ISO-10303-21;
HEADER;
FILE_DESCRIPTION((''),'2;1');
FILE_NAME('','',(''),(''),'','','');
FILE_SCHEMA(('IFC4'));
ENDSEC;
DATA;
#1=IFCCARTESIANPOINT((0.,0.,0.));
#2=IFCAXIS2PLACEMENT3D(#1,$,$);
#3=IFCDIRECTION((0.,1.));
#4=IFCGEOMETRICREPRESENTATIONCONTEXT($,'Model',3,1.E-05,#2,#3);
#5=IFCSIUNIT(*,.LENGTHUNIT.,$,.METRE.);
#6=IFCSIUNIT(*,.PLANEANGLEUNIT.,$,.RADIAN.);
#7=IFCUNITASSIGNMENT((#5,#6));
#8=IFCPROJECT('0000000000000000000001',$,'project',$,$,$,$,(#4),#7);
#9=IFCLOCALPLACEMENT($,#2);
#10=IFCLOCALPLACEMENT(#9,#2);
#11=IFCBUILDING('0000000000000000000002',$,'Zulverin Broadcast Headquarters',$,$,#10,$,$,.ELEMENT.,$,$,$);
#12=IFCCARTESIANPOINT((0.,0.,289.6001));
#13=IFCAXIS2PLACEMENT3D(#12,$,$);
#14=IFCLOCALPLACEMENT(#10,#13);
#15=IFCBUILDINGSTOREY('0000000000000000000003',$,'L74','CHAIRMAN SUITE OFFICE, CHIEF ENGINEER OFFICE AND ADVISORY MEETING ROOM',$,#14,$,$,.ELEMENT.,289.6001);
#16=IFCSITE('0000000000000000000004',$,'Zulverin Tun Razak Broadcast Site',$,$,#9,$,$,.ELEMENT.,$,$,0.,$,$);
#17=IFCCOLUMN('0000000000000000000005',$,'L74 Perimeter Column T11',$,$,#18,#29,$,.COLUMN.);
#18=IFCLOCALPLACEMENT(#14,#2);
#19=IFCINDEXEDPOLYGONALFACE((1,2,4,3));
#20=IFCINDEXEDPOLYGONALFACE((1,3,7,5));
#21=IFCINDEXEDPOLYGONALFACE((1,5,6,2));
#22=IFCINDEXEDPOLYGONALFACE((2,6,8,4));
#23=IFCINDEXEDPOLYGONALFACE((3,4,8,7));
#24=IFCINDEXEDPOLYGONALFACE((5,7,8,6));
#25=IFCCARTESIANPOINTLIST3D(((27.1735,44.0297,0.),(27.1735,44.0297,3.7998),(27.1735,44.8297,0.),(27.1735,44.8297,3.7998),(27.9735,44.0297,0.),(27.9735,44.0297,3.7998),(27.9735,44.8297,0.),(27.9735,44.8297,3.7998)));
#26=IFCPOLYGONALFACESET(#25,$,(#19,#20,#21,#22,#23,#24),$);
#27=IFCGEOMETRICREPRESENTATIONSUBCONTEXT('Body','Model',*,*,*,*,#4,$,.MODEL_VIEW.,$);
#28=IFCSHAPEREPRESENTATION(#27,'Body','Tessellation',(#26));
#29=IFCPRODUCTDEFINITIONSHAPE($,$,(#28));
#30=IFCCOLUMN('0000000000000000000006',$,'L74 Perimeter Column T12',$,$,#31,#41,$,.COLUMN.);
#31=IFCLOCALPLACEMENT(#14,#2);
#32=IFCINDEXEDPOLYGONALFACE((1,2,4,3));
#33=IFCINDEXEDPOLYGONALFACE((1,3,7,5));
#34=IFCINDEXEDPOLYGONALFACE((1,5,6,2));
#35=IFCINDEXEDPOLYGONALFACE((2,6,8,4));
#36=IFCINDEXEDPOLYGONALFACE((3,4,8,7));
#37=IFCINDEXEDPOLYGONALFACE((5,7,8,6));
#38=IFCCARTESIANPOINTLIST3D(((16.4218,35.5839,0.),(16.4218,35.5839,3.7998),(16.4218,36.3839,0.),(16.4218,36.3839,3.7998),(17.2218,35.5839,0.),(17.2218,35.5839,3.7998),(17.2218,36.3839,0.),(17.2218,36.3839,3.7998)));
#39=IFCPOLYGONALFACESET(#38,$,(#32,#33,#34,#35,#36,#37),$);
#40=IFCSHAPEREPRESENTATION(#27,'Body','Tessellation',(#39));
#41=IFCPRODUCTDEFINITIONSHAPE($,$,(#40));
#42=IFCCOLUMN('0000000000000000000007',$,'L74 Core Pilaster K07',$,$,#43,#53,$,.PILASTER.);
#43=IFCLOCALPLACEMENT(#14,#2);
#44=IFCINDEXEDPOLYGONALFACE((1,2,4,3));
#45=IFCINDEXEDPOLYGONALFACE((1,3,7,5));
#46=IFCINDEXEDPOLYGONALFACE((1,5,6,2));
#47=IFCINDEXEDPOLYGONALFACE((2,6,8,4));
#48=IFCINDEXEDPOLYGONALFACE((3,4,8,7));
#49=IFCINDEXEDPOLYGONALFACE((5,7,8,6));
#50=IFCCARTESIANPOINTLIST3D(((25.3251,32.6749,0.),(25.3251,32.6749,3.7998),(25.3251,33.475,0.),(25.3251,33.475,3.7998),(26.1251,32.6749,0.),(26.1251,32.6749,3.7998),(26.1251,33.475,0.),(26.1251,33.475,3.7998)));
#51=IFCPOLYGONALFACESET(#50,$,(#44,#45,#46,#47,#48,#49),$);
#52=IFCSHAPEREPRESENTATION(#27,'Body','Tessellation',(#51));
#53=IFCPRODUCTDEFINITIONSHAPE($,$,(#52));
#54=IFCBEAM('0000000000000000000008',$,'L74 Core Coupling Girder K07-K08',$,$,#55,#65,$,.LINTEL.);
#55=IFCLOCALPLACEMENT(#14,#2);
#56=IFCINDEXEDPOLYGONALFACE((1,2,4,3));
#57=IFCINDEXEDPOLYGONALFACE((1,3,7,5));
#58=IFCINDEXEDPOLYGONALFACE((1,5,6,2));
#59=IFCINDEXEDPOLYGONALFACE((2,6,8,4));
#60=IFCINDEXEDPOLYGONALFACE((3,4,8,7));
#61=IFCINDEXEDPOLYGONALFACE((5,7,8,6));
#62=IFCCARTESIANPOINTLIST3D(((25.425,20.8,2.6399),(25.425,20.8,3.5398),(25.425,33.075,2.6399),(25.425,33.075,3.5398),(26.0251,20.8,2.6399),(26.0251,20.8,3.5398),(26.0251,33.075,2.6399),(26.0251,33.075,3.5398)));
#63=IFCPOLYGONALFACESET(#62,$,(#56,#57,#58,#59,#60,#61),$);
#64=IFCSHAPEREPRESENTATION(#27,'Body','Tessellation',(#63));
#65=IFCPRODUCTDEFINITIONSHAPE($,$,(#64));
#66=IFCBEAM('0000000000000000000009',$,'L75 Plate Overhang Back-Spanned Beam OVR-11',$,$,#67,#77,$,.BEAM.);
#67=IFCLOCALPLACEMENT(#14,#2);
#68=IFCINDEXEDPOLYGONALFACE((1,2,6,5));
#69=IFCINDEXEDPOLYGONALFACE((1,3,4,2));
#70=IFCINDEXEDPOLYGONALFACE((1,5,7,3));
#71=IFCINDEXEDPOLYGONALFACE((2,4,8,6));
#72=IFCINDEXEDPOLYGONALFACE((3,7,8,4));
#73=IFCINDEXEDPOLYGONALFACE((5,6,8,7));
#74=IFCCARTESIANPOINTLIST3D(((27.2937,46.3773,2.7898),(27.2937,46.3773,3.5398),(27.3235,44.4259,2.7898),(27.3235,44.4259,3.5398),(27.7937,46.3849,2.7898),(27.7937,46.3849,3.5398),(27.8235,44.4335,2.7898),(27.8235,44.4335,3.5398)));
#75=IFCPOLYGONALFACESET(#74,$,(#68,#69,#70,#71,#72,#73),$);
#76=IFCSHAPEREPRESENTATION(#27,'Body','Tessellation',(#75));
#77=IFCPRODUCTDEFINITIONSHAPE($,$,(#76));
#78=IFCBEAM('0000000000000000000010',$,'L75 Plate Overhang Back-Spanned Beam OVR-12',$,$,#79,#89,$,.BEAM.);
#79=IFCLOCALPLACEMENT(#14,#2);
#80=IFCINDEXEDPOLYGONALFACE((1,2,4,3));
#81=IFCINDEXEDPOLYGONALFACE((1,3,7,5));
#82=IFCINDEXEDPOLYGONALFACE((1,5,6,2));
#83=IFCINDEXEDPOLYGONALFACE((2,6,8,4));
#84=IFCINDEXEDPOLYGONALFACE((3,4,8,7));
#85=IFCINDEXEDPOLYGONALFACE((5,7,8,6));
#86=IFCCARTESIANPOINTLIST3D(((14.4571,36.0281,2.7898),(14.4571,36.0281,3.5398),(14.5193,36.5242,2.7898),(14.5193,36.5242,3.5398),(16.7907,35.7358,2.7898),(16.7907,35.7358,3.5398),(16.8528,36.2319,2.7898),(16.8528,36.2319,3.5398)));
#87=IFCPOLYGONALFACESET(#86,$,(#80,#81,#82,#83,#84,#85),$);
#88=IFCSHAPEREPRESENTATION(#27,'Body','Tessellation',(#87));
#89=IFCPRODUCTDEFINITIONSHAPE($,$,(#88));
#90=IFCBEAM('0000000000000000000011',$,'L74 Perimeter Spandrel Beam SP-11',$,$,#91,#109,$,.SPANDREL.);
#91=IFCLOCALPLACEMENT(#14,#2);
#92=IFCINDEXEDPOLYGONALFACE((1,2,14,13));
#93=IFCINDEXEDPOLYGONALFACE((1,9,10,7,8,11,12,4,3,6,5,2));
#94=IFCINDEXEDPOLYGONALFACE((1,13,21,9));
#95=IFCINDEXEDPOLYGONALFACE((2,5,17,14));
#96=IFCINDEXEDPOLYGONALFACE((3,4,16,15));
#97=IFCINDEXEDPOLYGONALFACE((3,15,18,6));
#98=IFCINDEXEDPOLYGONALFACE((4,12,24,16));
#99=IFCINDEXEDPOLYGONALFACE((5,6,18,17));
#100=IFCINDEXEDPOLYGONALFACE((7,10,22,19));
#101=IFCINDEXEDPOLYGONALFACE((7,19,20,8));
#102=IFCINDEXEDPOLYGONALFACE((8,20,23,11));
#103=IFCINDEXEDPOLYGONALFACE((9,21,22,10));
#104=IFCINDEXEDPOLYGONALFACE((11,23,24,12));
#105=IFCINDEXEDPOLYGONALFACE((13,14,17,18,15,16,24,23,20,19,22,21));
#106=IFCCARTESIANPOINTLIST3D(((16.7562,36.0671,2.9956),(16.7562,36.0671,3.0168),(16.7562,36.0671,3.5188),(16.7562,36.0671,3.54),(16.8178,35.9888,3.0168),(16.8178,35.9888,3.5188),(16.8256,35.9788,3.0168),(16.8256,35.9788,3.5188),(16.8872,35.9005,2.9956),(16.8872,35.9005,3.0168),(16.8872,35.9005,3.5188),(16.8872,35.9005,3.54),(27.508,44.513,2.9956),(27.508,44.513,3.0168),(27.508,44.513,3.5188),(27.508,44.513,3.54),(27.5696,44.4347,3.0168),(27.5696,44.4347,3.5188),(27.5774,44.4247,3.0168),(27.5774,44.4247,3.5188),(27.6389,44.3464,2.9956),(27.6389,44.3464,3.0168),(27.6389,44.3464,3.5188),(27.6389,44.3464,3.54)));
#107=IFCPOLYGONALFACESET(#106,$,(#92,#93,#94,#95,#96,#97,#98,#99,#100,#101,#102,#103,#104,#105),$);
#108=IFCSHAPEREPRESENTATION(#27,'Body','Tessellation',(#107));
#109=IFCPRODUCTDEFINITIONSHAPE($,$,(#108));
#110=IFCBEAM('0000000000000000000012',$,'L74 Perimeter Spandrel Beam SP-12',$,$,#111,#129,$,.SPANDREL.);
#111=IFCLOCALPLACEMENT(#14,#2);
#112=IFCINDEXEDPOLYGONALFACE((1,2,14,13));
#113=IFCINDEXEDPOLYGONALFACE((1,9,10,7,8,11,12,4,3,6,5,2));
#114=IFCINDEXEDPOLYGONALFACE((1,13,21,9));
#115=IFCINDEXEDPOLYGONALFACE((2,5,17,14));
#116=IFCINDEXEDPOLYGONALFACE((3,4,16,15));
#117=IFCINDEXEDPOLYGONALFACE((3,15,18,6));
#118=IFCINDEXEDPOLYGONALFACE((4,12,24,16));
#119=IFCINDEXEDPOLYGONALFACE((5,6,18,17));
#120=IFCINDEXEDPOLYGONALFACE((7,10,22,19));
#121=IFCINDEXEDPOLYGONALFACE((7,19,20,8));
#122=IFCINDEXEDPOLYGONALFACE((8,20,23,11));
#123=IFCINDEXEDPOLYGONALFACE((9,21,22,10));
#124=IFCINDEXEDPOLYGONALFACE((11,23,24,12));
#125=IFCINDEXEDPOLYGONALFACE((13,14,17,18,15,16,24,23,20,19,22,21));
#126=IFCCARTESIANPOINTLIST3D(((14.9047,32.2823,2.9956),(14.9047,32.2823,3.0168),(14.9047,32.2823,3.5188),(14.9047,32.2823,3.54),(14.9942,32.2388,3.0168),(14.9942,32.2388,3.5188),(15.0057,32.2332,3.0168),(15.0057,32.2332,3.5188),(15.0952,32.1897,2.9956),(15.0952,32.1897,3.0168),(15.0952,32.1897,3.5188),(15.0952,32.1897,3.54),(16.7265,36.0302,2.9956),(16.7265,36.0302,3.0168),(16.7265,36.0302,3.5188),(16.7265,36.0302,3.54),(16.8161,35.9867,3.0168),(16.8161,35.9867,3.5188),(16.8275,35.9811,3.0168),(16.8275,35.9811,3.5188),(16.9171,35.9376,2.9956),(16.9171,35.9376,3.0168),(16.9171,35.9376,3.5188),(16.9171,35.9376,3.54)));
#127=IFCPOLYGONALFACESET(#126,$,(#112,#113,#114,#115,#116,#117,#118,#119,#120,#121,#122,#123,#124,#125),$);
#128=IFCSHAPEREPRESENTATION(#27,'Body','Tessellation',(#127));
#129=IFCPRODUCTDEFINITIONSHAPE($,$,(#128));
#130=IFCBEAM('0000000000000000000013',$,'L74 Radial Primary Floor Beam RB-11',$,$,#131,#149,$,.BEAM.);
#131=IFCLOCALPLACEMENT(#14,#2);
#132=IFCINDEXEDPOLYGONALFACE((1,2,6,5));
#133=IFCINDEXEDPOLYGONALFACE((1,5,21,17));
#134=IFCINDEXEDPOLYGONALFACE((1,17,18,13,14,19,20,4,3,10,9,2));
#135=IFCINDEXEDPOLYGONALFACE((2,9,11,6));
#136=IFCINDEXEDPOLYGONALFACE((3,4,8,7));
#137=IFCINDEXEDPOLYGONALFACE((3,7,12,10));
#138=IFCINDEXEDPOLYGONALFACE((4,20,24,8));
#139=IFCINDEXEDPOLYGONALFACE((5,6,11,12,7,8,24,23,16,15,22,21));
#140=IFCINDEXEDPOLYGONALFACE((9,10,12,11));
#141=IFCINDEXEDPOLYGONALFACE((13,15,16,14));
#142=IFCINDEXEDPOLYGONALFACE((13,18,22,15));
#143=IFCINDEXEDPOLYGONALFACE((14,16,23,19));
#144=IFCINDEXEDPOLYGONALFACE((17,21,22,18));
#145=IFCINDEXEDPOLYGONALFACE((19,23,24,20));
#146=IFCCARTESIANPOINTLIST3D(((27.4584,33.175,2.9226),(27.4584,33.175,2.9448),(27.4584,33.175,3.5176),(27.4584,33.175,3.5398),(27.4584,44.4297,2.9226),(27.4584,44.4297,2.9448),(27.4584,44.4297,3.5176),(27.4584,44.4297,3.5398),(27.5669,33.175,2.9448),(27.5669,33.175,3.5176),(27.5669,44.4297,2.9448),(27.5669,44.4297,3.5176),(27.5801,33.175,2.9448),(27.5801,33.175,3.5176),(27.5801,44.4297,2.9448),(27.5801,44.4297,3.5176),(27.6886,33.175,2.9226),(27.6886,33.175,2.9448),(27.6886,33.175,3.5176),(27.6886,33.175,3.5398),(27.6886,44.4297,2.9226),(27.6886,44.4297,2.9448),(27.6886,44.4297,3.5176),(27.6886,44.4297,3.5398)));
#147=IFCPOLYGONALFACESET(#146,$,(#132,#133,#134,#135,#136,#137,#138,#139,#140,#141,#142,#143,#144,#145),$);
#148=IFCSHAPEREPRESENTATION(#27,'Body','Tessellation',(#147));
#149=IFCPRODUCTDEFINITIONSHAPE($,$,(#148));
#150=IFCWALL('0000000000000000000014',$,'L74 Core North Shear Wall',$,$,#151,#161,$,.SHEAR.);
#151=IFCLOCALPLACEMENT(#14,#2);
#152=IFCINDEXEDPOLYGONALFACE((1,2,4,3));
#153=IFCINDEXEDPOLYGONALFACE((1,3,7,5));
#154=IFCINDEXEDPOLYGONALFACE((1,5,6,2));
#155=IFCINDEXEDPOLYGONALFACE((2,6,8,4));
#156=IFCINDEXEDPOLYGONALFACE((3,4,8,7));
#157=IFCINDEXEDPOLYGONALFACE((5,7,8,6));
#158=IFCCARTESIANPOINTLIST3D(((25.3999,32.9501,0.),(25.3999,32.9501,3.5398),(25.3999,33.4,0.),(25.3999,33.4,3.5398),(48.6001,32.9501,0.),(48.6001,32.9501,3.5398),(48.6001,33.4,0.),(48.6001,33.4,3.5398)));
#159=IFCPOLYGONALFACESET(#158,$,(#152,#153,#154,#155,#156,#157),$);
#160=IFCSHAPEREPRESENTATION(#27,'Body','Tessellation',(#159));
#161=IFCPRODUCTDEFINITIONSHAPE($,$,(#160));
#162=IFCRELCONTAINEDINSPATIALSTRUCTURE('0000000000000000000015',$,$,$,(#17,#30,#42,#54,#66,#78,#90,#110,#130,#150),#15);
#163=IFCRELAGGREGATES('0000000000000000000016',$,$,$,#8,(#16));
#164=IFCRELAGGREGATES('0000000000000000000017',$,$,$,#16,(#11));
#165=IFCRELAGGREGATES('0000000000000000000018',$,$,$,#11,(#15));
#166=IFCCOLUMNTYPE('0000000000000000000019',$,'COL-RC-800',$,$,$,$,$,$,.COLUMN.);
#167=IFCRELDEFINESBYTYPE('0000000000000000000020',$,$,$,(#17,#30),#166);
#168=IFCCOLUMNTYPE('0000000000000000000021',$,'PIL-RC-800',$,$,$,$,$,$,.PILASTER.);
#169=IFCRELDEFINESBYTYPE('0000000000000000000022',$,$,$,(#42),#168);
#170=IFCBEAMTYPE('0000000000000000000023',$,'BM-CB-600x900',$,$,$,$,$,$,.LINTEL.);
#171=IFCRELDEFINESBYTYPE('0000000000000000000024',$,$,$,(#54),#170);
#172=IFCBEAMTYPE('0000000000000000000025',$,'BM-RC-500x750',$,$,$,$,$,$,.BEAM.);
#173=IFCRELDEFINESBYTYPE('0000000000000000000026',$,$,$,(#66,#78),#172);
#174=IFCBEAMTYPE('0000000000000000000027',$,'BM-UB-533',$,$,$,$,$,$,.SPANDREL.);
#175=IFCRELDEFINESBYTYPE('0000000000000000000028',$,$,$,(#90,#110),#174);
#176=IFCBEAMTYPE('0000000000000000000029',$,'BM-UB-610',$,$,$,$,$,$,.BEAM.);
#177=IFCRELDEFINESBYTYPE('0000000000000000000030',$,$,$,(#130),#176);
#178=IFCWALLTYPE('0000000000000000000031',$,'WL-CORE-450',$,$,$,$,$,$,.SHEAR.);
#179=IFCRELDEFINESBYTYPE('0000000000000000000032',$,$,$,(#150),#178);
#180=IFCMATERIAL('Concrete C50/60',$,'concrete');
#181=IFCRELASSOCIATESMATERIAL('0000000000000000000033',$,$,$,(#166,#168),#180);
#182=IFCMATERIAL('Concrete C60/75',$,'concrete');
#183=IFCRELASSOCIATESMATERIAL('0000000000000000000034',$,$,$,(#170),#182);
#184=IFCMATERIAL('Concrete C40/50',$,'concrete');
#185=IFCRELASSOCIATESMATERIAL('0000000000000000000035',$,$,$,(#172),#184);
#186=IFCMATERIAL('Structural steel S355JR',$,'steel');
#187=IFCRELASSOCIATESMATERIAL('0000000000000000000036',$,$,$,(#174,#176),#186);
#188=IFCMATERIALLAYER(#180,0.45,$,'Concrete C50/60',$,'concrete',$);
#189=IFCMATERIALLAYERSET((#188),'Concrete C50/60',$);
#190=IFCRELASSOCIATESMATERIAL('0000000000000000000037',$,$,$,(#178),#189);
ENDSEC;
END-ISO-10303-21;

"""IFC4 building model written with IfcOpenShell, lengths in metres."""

from ifc_helpers import new_model, si_unit, direction, frame, frame_2d, origin, origin_2d, place, context, subcontext, project, spatial, rectangle, i_section, extrude, material, layer, layer_set, material_profile, profile_set, type_object, element, save


model = new_model("IFC4")

# Units and contexts
model_context = context("Model", 3, precision=1e-05, world=origin(), true_north=direction((0.0, 1.0)))
body_context = subcontext(model_context, "Body", "Model", "MODEL_VIEW")
ifc_project = project(units=[si_unit("LENGTHUNIT", "METRE"), si_unit("PLANEANGLEUNIT", "RADIAN")], contexts=[model_context])

# Site, building, storey
site_placement = place(None, origin())
site = spatial("IfcSite", under=ifc_project, at=site_placement, Name="Zulverin Tun Razak Broadcast Site", CompositionType="ELEMENT", RefElevation=0.0)
building_placement = place(site_placement, origin())
building = spatial("IfcBuilding", under=site, at=building_placement, Name="Zulverin Broadcast Headquarters", CompositionType="ELEMENT")
storey_placement = place(building_placement, frame((0.0, 0.0, 289.6001)))
storey = spatial("IfcBuildingStorey", under=building, at=storey_placement, Name="L74", Description="CHAIRMAN SUITE OFFICE, CHIEF ENGINEER OFFICE AND ADVISORY MEETING ROOM", CompositionType="ELEMENT", Elevation=289.6001)

# Columns
ifc_material_1 = material(Name="Concrete C50/60", Category="concrete")
ifc_material_profile_1 = material_profile(ifc_material_1, rectangle(XDim=0.8, YDim=0.8, at=origin_2d()), Name="Concrete C50/60", Category="concrete")
ifc_profile_set_1 = profile_set([ifc_material_profile_1], Name="Concrete C50/60")
column_type_1 = type_object("IfcColumnType", Name="COL-RC-800", PredefinedType="COLUMN", material=ifc_profile_set_1)
for number, where, z_axis, x_axis, name in (
    (1, (27.5735, 44.4297, 0.0), (0.0, 0.0, 1.0), (1.0, 0.0, 0.0), "L74 Perimeter Column T11"),
    (2, (16.8218, 35.9839, 0.0), (0.0, 0.0, 1.0), (1.0, 0.0, 0.0), "L74 Perimeter Column T12"),
):
    element("IfcColumn", number, at=place(storey_placement, frame(where, z_axis=z_axis, x_axis=x_axis)), inside=storey, type_object=column_type_1, Name=name, PredefinedType="COLUMN", context=body_context, shape_type="SweptSolid", body=[
        extrude(rectangle(XDim=0.8, YDim=0.8, at=origin_2d()), origin(), (0.0, 0.0, 1.0), 3.7998),
    ])
ifc_material_profile_2 = material_profile(ifc_material_1, rectangle(XDim=0.8, YDim=0.8, at=origin_2d()), Name="Concrete C50/60", Category="concrete")
ifc_profile_set_2 = profile_set([ifc_material_profile_2], Name="Concrete C50/60")
column_type_2 = type_object("IfcColumnType", Name="PIL-RC-800", PredefinedType="PILASTER", material=ifc_profile_set_2)
column_placement = place(storey_placement, frame((25.7251, 33.075, 0.0), z_axis=(0.0, 0.0, 1.0), x_axis=(1.0, 0.0, 0.0)))
element("IfcColumn", 3, at=column_placement, inside=storey, type_object=column_type_2, Name="L74 Core Pilaster K07", PredefinedType="PILASTER", context=body_context, shape_type="SweptSolid", body=[
    extrude(rectangle(XDim=0.8, YDim=0.8, at=origin_2d()), origin(), (0.0, 0.0, 1.0), 3.7998),
])

# Beams
ifc_material_2 = material(Name="Concrete C60/75", Category="concrete")
ifc_material_profile_3 = material_profile(ifc_material_2, rectangle(XDim=0.6001, YDim=0.8999, at=origin_2d()), Name="Concrete C60/75", Category="concrete")
ifc_profile_set_3 = profile_set([ifc_material_profile_3], Name="Concrete C60/75")
beam_type_1 = type_object("IfcBeamType", Name="BM-CB-600x900", PredefinedType="LINTEL", material=ifc_profile_set_3)
beam_1_placement = place(storey_placement, frame((25.7251, 33.075, 3.0898), z_axis=(0.0, -1.0, 0.0), x_axis=(1.0, 0.0, 0.0)))
element("IfcBeam", 4, at=beam_1_placement, inside=storey, type_object=beam_type_1, Name="L74 Core Coupling Girder K07-K08", PredefinedType="LINTEL", context=body_context, shape_type="SweptSolid", body=[
    extrude(rectangle(XDim=0.6001, YDim=0.8999, at=origin_2d()), origin(), (0.0, 0.0, 1.0), 12.2749),
])
ifc_material_3 = material(Name="Concrete C40/50", Category="concrete")
ifc_material_profile_4 = material_profile(ifc_material_3, rectangle(XDim=0.5, YDim=0.75, at=origin_2d()), Name="Concrete C40/50", Category="concrete")
ifc_profile_set_4 = profile_set([ifc_material_profile_4], Name="Concrete C40/50")
beam_type_2 = type_object("IfcBeamType", Name="BM-RC-500x750", PredefinedType="BEAM", material=ifc_profile_set_4)
beam_2_placement = place(storey_placement, frame((27.5735, 44.4297, 3.1648), z_axis=(-0.015262, 0.999884, 0.0), x_axis=(-0.999884, -0.015262, 0.0)))
element("IfcBeam", 5, at=beam_2_placement, inside=storey, type_object=beam_type_2, Name="L75 Plate Overhang Back-Spanned Beam OVR-11", PredefinedType="BEAM", context=body_context, shape_type="SweptSolid", body=[
    extrude(rectangle(XDim=0.5, YDim=0.75, at=origin_2d()), origin(), (0.0, 0.0, 1.0), 1.9517),
])
beam_3_placement = place(storey_placement, frame((16.8218, 35.9839, 3.1648), z_axis=(-0.992249, 0.124265, 0.0), x_axis=(-0.124265, -0.992249, 0.0)))
element("IfcBeam", 6, at=beam_3_placement, inside=storey, type_object=beam_type_2, Name="L75 Plate Overhang Back-Spanned Beam OVR-12", PredefinedType="BEAM", context=body_context, shape_type="SweptSolid", body=[
    extrude(rectangle(XDim=0.5, YDim=0.75, at=origin_2d()), origin(), (0.0, 0.0, 1.0), 2.3518),
])
ifc_material_4 = material(Name="Structural steel S355JR", Category="steel")
ifc_material_profile_5 = material_profile(ifc_material_4, i_section(OverallWidth=0.2119, OverallDepth=0.5444, WebThickness=0.0127, FlangeThickness=0.0212, at=origin_2d()), Name="Structural steel S355JR", Category="steel")
ifc_profile_set_5 = profile_set([ifc_material_profile_5], Name="Structural steel S355JR")
beam_type_3 = type_object("IfcBeamType", Name="BM-UB-533", PredefinedType="SPANDREL", material=ifc_profile_set_5)
beam_4_placement = place(storey_placement, frame((27.5735, 44.4297, 3.2678), z_axis=(-0.786388, -0.617732, 0.0), x_axis=(0.617732, -0.786388, 0.0)))
element("IfcBeam", 7, at=beam_4_placement, inside=storey, type_object=beam_type_3, Name="L74 Perimeter Spandrel Beam SP-11", PredefinedType="SPANDREL", context=body_context, shape_type="SweptSolid", body=[
    extrude(i_section(OverallWidth=0.2119, OverallDepth=0.5444, WebThickness=0.0127, FlangeThickness=0.0212, at=origin_2d()), origin(), (0.0, 0.0, 1.0), 13.6724),
])
beam_5_placement = place(storey_placement, frame((16.8218, 35.9839, 3.2678), z_axis=(-0.437179, -0.899375, 0.0), x_axis=(0.899375, -0.437179, 0.0)))
element("IfcBeam", 8, at=beam_5_placement, inside=storey, type_object=beam_type_3, Name="L74 Perimeter Spandrel Beam SP-12", PredefinedType="SPANDREL", context=body_context, shape_type="SweptSolid", body=[
    extrude(i_section(OverallWidth=0.2119, OverallDepth=0.5444, WebThickness=0.0127, FlangeThickness=0.0212, at=origin_2d()), origin(), (0.0, 0.0, 1.0), 4.1672),
])
ifc_material_profile_6 = material_profile(ifc_material_4, i_section(OverallWidth=0.2302, OverallDepth=0.6172, WebThickness=0.0132, FlangeThickness=0.0222, at=origin_2d()), Name="Structural steel S355JR", Category="steel")
ifc_profile_set_6 = profile_set([ifc_material_profile_6], Name="Structural steel S355JR")
beam_type_4 = type_object("IfcBeamType", Name="BM-UB-610", PredefinedType="BEAM", material=ifc_profile_set_6)
beam_6_placement = place(storey_placement, frame((27.5735, 33.175, 3.2312), z_axis=(0.0, 1.0, 0.0), x_axis=(-1.0, 0.0, 0.0)))
element("IfcBeam", 9, at=beam_6_placement, inside=storey, type_object=beam_type_4, Name="L74 Radial Primary Floor Beam RB-11", PredefinedType="BEAM", context=body_context, shape_type="SweptSolid", body=[
    extrude(i_section(OverallWidth=0.2302, OverallDepth=0.6172, WebThickness=0.0132, FlangeThickness=0.0222, at=origin_2d()), origin(), (0.0, 0.0, 1.0), 11.2546),
])

# Wall
ifc_layer_1 = layer(ifc_material_1, 0.45, Name="Concrete C50/60", Category="concrete")
ifc_layer_set_1 = layer_set([ifc_layer_1], Name="Concrete C50/60")
wall_type_1 = type_object("IfcWallType", Name="WL-CORE-450", PredefinedType="SHEAR", material=ifc_layer_set_1)
wall_1_placement = place(storey_placement, frame((25.3999, 33.175, 0.0), z_axis=(0.0, 0.0, 1.0), x_axis=(1.0, 0.0, 0.0)))
element("IfcWall", 10, at=wall_1_placement, inside=storey, type_object=wall_type_1, Name="L74 Core North Shear Wall", PredefinedType="SHEAR", context=body_context, shape_type="SweptSolid", body=[
    extrude(rectangle(XDim=23.2002, YDim=0.45, at=frame_2d((11.6001, 0.0))), origin(), (0.0, 0.0, 1.0), 3.5398),
])

save(model, "model.ifc")
